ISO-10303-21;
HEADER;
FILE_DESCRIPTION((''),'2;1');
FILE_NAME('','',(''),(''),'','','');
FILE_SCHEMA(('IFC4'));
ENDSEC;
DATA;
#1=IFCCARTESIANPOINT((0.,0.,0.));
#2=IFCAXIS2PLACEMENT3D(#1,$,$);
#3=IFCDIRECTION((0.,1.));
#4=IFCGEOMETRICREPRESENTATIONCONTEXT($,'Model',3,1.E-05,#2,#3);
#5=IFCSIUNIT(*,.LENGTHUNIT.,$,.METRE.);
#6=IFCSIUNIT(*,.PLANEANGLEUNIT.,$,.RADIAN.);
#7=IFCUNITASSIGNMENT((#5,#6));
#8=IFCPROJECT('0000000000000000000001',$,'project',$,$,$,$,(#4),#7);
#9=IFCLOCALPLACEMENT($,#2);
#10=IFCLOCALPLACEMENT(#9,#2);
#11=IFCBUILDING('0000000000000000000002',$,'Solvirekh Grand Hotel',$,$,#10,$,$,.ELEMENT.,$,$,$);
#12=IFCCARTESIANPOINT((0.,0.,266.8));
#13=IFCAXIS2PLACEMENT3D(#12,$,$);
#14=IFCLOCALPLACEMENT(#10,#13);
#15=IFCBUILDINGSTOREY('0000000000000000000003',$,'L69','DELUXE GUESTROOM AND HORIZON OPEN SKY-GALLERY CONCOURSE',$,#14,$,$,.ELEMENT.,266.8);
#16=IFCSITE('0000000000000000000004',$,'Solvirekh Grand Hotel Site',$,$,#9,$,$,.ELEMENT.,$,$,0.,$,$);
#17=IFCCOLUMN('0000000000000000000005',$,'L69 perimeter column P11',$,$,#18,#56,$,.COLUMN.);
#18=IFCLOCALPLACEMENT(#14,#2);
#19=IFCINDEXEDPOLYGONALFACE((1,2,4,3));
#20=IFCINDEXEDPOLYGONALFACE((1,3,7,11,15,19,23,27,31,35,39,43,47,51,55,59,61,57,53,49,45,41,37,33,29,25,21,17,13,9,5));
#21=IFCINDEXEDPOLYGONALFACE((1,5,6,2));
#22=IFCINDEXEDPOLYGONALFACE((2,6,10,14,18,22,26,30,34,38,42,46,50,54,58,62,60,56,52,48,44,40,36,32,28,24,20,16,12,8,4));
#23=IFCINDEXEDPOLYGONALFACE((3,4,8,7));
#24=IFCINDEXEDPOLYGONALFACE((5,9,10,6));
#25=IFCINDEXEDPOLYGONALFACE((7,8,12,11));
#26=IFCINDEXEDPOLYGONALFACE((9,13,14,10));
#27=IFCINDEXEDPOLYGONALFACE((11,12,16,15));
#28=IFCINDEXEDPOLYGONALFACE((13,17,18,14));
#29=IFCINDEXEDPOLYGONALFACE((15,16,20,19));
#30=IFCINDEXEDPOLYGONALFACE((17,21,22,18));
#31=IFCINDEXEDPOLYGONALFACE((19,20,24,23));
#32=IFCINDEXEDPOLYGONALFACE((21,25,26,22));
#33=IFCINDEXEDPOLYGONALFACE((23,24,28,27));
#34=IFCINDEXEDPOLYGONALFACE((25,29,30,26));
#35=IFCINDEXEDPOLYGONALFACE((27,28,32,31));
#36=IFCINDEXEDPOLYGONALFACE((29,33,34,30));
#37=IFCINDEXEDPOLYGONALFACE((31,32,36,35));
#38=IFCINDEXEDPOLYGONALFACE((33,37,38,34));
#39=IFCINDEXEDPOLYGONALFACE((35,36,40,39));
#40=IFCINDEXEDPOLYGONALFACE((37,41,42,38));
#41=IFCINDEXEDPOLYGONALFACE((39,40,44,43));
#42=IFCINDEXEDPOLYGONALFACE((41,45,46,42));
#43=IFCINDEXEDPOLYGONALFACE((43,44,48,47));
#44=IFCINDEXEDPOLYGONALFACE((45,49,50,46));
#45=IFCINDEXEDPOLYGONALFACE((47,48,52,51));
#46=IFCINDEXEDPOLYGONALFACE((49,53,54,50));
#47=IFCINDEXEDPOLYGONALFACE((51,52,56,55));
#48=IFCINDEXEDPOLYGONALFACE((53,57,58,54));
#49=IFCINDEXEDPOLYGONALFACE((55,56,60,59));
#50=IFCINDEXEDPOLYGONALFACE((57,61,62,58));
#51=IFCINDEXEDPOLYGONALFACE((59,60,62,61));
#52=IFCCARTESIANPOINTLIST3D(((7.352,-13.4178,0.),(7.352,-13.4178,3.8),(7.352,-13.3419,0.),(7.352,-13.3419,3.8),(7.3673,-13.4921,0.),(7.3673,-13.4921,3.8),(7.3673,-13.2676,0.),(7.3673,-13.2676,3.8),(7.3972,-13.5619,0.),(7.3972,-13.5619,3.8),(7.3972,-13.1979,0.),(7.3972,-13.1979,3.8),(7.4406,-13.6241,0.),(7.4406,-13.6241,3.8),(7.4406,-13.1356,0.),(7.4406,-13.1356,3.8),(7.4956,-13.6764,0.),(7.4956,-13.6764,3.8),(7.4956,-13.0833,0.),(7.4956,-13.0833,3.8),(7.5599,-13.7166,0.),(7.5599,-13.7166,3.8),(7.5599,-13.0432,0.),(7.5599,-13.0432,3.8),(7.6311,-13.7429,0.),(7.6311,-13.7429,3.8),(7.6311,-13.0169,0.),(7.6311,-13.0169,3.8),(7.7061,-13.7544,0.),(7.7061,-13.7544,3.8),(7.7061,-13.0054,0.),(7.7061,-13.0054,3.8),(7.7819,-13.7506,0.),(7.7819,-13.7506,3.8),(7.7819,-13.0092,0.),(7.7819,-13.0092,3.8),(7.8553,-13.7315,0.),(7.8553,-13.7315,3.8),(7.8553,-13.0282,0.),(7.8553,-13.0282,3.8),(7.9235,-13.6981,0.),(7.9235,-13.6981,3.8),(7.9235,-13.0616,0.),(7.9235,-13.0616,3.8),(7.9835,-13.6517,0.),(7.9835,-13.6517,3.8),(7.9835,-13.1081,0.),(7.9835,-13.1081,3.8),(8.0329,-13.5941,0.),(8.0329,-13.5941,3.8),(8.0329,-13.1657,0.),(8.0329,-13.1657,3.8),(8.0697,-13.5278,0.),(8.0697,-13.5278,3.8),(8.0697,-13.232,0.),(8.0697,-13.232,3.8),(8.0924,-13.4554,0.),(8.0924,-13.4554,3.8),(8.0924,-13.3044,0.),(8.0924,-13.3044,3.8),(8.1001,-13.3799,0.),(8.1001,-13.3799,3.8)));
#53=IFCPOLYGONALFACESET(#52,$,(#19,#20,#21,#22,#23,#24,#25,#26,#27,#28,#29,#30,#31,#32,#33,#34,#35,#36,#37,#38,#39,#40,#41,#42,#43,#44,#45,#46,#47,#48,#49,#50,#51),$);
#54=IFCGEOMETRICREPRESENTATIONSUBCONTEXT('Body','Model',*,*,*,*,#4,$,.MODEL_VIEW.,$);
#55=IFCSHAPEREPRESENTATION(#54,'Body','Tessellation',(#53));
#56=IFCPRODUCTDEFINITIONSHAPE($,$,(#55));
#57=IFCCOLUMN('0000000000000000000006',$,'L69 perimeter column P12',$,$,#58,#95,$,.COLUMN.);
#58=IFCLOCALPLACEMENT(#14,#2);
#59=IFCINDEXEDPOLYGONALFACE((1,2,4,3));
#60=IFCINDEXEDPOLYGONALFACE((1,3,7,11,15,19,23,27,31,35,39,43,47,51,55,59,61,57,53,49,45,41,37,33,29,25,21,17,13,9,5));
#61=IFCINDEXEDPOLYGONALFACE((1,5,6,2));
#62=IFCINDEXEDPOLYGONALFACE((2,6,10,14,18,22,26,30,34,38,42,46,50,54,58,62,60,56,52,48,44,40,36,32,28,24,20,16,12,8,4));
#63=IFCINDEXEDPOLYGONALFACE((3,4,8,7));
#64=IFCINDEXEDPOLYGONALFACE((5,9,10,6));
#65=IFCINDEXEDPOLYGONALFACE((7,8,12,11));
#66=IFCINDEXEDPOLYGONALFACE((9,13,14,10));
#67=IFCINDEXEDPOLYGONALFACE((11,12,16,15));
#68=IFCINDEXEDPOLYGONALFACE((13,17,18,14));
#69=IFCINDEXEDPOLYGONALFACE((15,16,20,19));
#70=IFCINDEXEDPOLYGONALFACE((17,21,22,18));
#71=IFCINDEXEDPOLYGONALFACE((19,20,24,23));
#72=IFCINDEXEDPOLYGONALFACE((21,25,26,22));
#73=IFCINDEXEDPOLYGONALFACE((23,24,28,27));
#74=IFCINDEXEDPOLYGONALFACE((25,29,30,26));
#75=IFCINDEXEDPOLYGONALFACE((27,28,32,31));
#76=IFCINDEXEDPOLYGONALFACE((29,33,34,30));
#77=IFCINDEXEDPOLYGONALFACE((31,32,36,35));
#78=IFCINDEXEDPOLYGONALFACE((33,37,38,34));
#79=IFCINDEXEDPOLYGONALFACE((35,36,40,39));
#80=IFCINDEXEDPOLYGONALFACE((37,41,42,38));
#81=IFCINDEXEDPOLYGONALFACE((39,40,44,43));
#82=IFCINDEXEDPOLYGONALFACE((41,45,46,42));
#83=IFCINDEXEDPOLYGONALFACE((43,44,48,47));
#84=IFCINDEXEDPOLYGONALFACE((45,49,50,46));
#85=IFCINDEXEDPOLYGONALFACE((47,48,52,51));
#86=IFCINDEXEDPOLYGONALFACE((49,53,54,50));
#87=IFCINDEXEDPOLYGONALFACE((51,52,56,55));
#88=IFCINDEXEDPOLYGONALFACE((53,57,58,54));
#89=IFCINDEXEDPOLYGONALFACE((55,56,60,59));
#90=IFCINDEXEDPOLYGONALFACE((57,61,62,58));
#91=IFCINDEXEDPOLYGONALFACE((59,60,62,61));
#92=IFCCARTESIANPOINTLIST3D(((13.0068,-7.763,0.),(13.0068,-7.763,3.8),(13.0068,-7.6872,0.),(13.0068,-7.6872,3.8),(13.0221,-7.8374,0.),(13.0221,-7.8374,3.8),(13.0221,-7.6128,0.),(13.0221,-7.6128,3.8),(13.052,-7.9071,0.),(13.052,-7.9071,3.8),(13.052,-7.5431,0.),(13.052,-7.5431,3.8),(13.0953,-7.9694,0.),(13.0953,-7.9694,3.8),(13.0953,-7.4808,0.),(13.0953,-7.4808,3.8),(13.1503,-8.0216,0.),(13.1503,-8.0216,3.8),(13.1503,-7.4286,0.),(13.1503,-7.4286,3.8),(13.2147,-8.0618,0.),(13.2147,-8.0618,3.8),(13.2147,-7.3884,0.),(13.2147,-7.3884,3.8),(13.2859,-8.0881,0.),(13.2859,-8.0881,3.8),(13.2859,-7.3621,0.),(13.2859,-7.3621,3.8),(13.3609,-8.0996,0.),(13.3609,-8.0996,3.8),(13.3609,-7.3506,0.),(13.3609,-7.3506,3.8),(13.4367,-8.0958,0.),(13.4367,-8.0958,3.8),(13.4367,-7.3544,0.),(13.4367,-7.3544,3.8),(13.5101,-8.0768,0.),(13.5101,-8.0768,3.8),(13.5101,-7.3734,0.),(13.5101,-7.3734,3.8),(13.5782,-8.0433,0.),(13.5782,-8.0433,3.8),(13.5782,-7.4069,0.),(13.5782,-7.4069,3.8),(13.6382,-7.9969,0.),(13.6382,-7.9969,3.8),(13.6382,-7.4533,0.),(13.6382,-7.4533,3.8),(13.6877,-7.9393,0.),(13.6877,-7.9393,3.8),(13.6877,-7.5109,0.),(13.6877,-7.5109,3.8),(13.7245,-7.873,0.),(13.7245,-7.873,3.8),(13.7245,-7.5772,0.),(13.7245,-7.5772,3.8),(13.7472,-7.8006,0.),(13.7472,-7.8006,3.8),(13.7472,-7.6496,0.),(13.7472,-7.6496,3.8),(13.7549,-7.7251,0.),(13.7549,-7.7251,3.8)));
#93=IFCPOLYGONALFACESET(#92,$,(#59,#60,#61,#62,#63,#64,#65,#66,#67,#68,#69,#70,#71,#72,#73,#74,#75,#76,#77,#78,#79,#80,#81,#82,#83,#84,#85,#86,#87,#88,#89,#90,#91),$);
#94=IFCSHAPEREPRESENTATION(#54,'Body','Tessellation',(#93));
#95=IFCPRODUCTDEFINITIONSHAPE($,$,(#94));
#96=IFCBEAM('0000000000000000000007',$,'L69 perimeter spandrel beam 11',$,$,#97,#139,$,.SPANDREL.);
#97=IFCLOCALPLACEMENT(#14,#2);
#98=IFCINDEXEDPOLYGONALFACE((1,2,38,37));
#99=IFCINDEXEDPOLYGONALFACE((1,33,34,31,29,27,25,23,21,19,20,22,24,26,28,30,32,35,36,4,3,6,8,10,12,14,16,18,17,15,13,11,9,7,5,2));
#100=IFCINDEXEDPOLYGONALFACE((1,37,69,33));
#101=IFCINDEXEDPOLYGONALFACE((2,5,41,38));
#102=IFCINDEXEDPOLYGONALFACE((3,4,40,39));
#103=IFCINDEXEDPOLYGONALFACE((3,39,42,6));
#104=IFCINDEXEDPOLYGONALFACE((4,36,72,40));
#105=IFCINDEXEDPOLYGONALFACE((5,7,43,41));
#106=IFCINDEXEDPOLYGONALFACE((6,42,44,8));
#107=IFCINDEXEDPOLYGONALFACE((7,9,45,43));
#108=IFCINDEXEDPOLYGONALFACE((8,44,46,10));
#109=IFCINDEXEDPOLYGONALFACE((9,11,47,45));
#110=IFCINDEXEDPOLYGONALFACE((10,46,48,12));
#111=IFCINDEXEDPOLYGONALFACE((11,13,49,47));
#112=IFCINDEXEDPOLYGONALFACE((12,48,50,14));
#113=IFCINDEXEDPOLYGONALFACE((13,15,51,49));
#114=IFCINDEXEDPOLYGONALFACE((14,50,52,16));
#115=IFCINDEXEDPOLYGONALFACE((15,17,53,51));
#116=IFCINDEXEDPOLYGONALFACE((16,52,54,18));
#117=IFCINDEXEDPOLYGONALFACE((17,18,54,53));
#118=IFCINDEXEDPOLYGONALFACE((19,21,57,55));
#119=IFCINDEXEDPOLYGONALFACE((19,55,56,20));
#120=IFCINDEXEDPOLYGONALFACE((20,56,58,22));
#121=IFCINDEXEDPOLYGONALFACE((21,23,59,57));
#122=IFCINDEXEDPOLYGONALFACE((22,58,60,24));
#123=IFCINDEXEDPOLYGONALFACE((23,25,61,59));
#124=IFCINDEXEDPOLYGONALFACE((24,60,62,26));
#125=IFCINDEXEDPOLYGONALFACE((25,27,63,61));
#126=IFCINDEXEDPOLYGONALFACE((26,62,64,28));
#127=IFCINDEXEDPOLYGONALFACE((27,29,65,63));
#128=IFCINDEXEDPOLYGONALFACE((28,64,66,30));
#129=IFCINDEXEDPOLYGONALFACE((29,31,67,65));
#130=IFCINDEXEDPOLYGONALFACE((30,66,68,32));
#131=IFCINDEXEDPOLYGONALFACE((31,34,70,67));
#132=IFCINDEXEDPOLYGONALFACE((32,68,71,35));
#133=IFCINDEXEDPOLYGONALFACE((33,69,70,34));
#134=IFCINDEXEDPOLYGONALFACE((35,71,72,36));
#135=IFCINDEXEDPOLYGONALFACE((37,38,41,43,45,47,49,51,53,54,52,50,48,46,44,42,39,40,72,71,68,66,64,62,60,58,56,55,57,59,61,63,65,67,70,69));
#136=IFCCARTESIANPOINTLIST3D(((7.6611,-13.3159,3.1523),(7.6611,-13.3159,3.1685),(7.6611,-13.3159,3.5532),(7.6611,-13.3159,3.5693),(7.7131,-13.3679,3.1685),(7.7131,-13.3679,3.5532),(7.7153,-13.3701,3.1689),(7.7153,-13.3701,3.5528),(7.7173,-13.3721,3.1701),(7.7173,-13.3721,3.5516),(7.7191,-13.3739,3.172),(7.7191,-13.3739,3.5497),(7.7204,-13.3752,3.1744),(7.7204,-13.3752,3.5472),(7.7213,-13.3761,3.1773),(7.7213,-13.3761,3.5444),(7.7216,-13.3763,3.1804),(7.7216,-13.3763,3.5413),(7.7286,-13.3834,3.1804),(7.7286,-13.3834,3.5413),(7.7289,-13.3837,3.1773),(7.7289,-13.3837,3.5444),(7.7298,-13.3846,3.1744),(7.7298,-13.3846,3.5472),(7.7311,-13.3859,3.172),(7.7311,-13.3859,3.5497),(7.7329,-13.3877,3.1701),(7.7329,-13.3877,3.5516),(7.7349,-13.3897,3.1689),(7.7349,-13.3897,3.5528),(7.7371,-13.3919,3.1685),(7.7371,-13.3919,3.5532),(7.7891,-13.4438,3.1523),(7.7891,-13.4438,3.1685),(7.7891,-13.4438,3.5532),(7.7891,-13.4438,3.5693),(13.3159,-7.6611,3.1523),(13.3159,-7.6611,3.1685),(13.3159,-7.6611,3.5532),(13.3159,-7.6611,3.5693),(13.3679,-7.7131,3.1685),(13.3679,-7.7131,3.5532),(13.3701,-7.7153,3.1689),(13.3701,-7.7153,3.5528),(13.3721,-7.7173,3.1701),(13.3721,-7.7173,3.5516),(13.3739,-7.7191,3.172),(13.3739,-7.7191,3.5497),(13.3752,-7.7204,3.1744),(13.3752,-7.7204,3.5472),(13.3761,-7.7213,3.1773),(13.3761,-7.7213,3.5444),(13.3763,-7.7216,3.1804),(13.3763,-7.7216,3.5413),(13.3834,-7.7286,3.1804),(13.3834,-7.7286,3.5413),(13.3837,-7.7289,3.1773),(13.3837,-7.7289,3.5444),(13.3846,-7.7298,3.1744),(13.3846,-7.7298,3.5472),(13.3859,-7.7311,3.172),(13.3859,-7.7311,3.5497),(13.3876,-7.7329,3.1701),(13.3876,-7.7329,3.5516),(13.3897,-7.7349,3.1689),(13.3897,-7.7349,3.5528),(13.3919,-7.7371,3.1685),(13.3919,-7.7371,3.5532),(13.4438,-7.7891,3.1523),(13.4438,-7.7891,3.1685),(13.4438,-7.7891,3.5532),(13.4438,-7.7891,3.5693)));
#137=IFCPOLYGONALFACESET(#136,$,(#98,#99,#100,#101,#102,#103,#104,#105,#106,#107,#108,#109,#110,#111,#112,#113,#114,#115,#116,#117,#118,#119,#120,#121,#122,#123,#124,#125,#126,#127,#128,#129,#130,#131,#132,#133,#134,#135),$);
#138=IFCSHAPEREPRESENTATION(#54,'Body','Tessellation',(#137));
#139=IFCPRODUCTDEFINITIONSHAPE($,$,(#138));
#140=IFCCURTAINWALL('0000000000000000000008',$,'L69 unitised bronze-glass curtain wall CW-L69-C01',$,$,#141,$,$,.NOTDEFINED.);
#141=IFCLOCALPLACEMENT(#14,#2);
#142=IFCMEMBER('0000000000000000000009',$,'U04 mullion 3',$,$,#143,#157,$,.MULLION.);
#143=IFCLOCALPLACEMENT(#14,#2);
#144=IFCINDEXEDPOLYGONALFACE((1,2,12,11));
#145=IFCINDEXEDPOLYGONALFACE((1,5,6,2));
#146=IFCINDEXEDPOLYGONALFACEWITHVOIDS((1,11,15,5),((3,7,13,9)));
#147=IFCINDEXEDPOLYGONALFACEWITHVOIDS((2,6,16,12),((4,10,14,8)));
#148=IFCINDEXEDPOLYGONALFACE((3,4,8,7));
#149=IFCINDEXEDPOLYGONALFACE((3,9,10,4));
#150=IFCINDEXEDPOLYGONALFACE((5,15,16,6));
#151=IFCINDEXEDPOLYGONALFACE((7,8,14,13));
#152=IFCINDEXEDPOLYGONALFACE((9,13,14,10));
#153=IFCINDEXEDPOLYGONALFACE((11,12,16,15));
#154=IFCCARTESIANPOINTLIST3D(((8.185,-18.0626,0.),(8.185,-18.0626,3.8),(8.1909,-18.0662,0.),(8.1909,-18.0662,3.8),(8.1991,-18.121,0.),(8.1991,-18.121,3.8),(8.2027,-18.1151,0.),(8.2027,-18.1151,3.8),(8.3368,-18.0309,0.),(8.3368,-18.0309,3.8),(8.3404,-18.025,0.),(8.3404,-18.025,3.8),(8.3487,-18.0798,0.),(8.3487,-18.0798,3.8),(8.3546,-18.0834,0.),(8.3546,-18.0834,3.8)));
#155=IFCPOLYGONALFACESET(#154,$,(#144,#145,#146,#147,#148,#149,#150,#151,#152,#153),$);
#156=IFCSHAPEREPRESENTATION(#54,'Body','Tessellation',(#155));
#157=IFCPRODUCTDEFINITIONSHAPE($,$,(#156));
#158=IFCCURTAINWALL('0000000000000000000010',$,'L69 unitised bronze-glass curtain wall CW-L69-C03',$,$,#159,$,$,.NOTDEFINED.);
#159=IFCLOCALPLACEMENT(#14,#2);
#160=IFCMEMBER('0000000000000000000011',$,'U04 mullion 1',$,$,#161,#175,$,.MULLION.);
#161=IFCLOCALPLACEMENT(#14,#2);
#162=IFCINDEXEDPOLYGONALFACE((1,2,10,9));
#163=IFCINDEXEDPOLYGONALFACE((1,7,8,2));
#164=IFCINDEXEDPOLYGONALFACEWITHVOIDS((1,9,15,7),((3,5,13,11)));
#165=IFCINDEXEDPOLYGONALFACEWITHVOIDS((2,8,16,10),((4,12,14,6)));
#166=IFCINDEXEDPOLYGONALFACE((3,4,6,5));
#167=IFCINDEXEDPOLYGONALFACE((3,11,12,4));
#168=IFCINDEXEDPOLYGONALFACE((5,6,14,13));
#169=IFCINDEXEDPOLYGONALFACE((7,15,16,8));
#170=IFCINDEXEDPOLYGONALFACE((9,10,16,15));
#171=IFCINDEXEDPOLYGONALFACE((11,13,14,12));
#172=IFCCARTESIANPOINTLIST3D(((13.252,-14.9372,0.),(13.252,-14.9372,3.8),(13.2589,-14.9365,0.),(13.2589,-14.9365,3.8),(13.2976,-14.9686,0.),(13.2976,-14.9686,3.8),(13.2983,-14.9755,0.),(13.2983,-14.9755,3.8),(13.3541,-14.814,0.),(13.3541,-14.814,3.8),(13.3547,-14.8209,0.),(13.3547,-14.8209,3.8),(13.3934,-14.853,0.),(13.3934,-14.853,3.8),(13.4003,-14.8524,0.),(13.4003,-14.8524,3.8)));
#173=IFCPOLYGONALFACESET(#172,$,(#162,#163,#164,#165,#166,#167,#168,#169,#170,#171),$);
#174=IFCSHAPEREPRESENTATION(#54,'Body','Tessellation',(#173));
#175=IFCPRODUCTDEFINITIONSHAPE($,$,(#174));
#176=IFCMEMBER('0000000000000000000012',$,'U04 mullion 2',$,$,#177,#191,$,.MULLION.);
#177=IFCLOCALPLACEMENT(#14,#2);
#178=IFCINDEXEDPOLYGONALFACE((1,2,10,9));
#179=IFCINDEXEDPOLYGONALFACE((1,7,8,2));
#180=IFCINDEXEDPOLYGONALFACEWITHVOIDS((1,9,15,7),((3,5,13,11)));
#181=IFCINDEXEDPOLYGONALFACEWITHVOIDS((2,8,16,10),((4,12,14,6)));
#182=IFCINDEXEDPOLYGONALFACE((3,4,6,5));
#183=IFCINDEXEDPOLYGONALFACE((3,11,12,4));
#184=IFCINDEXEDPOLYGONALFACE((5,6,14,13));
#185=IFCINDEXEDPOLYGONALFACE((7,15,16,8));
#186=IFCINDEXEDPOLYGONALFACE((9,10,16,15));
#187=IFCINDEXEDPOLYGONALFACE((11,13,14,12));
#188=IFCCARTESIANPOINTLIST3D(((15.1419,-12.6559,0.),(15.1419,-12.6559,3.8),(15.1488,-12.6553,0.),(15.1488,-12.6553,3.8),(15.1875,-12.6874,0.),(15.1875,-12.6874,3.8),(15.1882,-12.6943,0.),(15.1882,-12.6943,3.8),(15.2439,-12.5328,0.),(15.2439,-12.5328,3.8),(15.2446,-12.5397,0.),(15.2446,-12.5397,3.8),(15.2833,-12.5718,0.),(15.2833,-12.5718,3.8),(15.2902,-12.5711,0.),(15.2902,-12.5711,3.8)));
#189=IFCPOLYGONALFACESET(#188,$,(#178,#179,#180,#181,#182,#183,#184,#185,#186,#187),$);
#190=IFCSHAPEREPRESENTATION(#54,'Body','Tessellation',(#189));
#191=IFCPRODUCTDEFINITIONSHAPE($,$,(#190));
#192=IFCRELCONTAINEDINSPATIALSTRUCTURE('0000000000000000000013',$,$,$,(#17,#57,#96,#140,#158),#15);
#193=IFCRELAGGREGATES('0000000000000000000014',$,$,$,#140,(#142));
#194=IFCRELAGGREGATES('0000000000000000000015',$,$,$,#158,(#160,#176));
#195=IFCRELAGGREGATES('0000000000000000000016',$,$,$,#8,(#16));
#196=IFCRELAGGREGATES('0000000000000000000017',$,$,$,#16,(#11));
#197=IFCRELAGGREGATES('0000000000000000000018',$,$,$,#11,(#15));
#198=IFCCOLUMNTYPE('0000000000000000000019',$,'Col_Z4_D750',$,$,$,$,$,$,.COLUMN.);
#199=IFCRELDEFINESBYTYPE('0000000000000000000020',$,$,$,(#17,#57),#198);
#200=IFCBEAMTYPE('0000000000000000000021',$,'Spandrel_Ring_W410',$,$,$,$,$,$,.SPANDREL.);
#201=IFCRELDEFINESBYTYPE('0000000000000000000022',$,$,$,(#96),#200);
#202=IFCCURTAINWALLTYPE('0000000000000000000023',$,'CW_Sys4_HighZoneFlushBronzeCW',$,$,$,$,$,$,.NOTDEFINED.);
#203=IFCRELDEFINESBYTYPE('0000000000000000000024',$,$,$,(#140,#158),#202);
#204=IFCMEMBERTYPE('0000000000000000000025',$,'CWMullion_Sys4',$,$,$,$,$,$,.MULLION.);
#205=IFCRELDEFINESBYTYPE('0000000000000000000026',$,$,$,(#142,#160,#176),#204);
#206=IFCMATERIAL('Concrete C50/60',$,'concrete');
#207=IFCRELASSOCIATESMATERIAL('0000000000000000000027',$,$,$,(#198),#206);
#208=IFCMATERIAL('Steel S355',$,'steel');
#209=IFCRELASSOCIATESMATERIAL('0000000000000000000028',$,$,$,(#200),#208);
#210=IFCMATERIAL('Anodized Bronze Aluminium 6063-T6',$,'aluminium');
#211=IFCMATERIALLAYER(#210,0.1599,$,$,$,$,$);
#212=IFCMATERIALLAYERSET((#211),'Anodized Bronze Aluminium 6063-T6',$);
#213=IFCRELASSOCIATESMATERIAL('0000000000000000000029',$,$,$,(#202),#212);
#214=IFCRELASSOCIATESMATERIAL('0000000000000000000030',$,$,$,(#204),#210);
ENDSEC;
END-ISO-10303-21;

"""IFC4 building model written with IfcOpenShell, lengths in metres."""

from ifc_helpers import new_model, si_unit, direction, frame, origin, origin_2d, place, context, subcontext, project, spatial, hollow_rectangle, circle, i_section, extrude, source, transform, mapped, material, layer, layer_set, material_profile, profile_set, type_object, element, aggregate, save


model = new_model("IFC4")

# Units and contexts
model_context = context("Model", 3, precision=1e-05, world=origin(), true_north=direction((0.0, 1.0)))
body_context = subcontext(model_context, "Body", "Model", "MODEL_VIEW")
ifc_project = project(units=[si_unit("LENGTHUNIT", "METRE"), si_unit("PLANEANGLEUNIT", "RADIAN")], contexts=[model_context])

# Site, building, storey
site_placement = place(None, origin())
site = spatial("IfcSite", under=ifc_project, at=site_placement, Name="Solvirekh Grand Hotel Site", CompositionType="ELEMENT", RefElevation=0.0)
building_placement = place(site_placement, origin())
building = spatial("IfcBuilding", under=site, at=building_placement, Name="Solvirekh Grand Hotel", CompositionType="ELEMENT")
storey_placement = place(building_placement, frame((0.0, 0.0, 266.8)))
storey = spatial("IfcBuildingStorey", under=building, at=storey_placement, Name="L69", Description="DELUXE GUESTROOM AND HORIZON OPEN SKY-GALLERY CONCOURSE", CompositionType="ELEMENT", Elevation=266.8)

# Columns
ifc_material_1 = material(Name="Concrete C50/60", Category="concrete")
ifc_material_profile_1 = material_profile(ifc_material_1, circle(Radius=0.375, at=origin_2d()), Name="RC CIRC D750")
ifc_profile_set_1 = profile_set([ifc_material_profile_1], Name="Concrete C50/60")
column_type = type_object("IfcColumnType", Name="Col_Z4_D750", PredefinedType="COLUMN", material=ifc_profile_set_1)
for number, where, z_axis, x_axis, name in (
    (1, (7.7251, -13.3799, 0.0), (0.0, 0.0, 1.0), (1.0, 0.0, 0.0), "L69 perimeter column P11"),
    (2, (13.3799, -7.7251, 0.0), (0.0, 0.0, 1.0), (1.0, 0.0, 0.0), "L69 perimeter column P12"),
):
    element("IfcColumn", number, at=place(storey_placement, frame(where, z_axis=z_axis, x_axis=x_axis)), inside=storey, type_object=column_type, Name=name, PredefinedType="COLUMN", context=body_context, shape_type="SweptSolid", body=[
        extrude(circle(Radius=0.375, at=origin_2d()), origin(), (0.0, 0.0, 1.0), 3.8),
    ])

# Beam
ifc_material_2 = material(Name="Steel S355", Category="steel")
ifc_material_profile_2 = material_profile(ifc_material_2, i_section(OverallWidth=0.1809, OverallDepth=0.417, WebThickness=0.01, FlangeThickness=0.0161, FilletRadius=0.012, at=origin_2d()), Name="W410X85")
ifc_profile_set_2 = profile_set([ifc_material_profile_2], Name="Steel S355")
beam_type = type_object("IfcBeamType", Name="Spandrel_Ring_W410", PredefinedType="SPANDREL", material=ifc_profile_set_2)
beam_placement = place(storey_placement, frame((7.7251, -13.3799, 3.3608), z_axis=(0.707107, 0.707107, 0.0), x_axis=(-0.707107, 0.707107, 0.0)))
element("IfcBeam", 3, at=beam_placement, inside=storey, type_object=beam_type, Name="L69 perimeter spandrel beam 11", PredefinedType="SPANDREL", context=body_context, shape_type="SweptSolid", body=[
    extrude(i_section(OverallWidth=0.1809, OverallDepth=0.417, WebThickness=0.01, FlangeThickness=0.0161, FilletRadius=0.012, at=origin_2d()), origin(), (0.0, 0.0, 1.0), 7.9971),
])

# Curtain wall, member
ifc_material_3 = material(Name="Anodized Bronze Aluminium 6063-T6", Category="aluminium")
ifc_layer_1 = layer(ifc_material_3, 0.1599)
ifc_layer_set_1 = layer_set([ifc_layer_1], Name="Anodized Bronze Aluminium 6063-T6")
curtain_wall_type = type_object("IfcCurtainWallType", Name="CW_Sys4_HighZoneFlushBronzeCW", PredefinedType="NOTDEFINED", material=ifc_layer_set_1)
curtain_wall_1_placement = place(storey_placement, origin())
curtain_wall_1 = element("IfcCurtainWall", 4, at=curtain_wall_1_placement, inside=storey, type_object=curtain_wall_type, Name="L69 unitised bronze-glass curtain wall CW-L69-C01", PredefinedType="NOTDEFINED")
ifc_material_profile_3 = material_profile(ifc_material_3, hollow_rectangle(XDim=0.0601, YDim=0.1599, WallThickness=0.0049, at=origin_2d()), Name="ALU RHS 160X60X5")
ifc_profile_set_3 = profile_set([ifc_material_profile_3], Name="Anodized Bronze Aluminium 6063-T6")
member_type_1 = type_object("IfcMemberType", Name="CWMullion_Sys4", PredefinedType="MULLION", material=ifc_profile_set_3)
shared_shape_1 = source(origin(), body_context, "Body", "SweptSolid", [
    extrude(hollow_rectangle(XDim=0.0601, YDim=0.1599, WallThickness=0.0049, at=origin_2d()), origin(), (0.0, 0.0, 1.0), 3.8),
])
member_1_placement = place(storey_placement, frame((8.2698, -18.073, 0.0), z_axis=(0.0, 0.0, 1.0), x_axis=(-0.235195, 0.971948, 0.0)))
member_1 = element("IfcMember", 5, at=member_1_placement, type_object=member_type_1, Name="U04 mullion 3", PredefinedType="MULLION", context=body_context, shape_type="MappedRepresentation", body=[
    mapped(shared_shape_1, transform((0.0, 0.0, 0.0), x_axis=(1.0, 0.0, 0.0), y_axis=(0.0, 1.0, 0.0), z_axis=(0.0, 0.0, 1.0), scale=1.0)),
])
aggregate(curtain_wall_1, [member_1])

# Curtain wall, members
curtain_wall_2_placement = place(storey_placement, origin())
curtain_wall_2 = element("IfcCurtainWall", 6, at=curtain_wall_2_placement, inside=storey, type_object=curtain_wall_type, Name="L69 unitised bronze-glass curtain wall CW-L69-C03", PredefinedType="NOTDEFINED")
member_2_placement = place(storey_placement, frame((13.3262, -14.8948, 0.0), z_axis=(0.0, 0.0, 1.0), x_axis=(-0.770094, 0.63793, 0.0)))
member_2 = element("IfcMember", 7, at=member_2_placement, type_object=member_type_1, Name="U04 mullion 1", PredefinedType="MULLION", context=body_context, shape_type="MappedRepresentation", body=[
    mapped(shared_shape_1, transform((0.0, 0.0, 0.0), x_axis=(1.0, 0.0, 0.0), y_axis=(0.0, 1.0, 0.0), z_axis=(0.0, 0.0, 1.0), scale=1.0)),
])
member_3_placement = place(storey_placement, frame((15.2161, -12.6135, 0.0), z_axis=(0.0, 0.0, 1.0), x_axis=(-0.770094, 0.63793, 0.0)))
member_3 = element("IfcMember", 8, at=member_3_placement, type_object=member_type_1, Name="U04 mullion 2", PredefinedType="MULLION", context=body_context, shape_type="MappedRepresentation", body=[
    mapped(shared_shape_1, transform((0.0, 0.0, 0.0), x_axis=(1.0, 0.0, 0.0), y_axis=(0.0, 1.0, 0.0), z_axis=(0.0, 0.0, 1.0), scale=1.0)),
])
aggregate(curtain_wall_2, [member_2, member_3])

save(model, "model.ifc")
